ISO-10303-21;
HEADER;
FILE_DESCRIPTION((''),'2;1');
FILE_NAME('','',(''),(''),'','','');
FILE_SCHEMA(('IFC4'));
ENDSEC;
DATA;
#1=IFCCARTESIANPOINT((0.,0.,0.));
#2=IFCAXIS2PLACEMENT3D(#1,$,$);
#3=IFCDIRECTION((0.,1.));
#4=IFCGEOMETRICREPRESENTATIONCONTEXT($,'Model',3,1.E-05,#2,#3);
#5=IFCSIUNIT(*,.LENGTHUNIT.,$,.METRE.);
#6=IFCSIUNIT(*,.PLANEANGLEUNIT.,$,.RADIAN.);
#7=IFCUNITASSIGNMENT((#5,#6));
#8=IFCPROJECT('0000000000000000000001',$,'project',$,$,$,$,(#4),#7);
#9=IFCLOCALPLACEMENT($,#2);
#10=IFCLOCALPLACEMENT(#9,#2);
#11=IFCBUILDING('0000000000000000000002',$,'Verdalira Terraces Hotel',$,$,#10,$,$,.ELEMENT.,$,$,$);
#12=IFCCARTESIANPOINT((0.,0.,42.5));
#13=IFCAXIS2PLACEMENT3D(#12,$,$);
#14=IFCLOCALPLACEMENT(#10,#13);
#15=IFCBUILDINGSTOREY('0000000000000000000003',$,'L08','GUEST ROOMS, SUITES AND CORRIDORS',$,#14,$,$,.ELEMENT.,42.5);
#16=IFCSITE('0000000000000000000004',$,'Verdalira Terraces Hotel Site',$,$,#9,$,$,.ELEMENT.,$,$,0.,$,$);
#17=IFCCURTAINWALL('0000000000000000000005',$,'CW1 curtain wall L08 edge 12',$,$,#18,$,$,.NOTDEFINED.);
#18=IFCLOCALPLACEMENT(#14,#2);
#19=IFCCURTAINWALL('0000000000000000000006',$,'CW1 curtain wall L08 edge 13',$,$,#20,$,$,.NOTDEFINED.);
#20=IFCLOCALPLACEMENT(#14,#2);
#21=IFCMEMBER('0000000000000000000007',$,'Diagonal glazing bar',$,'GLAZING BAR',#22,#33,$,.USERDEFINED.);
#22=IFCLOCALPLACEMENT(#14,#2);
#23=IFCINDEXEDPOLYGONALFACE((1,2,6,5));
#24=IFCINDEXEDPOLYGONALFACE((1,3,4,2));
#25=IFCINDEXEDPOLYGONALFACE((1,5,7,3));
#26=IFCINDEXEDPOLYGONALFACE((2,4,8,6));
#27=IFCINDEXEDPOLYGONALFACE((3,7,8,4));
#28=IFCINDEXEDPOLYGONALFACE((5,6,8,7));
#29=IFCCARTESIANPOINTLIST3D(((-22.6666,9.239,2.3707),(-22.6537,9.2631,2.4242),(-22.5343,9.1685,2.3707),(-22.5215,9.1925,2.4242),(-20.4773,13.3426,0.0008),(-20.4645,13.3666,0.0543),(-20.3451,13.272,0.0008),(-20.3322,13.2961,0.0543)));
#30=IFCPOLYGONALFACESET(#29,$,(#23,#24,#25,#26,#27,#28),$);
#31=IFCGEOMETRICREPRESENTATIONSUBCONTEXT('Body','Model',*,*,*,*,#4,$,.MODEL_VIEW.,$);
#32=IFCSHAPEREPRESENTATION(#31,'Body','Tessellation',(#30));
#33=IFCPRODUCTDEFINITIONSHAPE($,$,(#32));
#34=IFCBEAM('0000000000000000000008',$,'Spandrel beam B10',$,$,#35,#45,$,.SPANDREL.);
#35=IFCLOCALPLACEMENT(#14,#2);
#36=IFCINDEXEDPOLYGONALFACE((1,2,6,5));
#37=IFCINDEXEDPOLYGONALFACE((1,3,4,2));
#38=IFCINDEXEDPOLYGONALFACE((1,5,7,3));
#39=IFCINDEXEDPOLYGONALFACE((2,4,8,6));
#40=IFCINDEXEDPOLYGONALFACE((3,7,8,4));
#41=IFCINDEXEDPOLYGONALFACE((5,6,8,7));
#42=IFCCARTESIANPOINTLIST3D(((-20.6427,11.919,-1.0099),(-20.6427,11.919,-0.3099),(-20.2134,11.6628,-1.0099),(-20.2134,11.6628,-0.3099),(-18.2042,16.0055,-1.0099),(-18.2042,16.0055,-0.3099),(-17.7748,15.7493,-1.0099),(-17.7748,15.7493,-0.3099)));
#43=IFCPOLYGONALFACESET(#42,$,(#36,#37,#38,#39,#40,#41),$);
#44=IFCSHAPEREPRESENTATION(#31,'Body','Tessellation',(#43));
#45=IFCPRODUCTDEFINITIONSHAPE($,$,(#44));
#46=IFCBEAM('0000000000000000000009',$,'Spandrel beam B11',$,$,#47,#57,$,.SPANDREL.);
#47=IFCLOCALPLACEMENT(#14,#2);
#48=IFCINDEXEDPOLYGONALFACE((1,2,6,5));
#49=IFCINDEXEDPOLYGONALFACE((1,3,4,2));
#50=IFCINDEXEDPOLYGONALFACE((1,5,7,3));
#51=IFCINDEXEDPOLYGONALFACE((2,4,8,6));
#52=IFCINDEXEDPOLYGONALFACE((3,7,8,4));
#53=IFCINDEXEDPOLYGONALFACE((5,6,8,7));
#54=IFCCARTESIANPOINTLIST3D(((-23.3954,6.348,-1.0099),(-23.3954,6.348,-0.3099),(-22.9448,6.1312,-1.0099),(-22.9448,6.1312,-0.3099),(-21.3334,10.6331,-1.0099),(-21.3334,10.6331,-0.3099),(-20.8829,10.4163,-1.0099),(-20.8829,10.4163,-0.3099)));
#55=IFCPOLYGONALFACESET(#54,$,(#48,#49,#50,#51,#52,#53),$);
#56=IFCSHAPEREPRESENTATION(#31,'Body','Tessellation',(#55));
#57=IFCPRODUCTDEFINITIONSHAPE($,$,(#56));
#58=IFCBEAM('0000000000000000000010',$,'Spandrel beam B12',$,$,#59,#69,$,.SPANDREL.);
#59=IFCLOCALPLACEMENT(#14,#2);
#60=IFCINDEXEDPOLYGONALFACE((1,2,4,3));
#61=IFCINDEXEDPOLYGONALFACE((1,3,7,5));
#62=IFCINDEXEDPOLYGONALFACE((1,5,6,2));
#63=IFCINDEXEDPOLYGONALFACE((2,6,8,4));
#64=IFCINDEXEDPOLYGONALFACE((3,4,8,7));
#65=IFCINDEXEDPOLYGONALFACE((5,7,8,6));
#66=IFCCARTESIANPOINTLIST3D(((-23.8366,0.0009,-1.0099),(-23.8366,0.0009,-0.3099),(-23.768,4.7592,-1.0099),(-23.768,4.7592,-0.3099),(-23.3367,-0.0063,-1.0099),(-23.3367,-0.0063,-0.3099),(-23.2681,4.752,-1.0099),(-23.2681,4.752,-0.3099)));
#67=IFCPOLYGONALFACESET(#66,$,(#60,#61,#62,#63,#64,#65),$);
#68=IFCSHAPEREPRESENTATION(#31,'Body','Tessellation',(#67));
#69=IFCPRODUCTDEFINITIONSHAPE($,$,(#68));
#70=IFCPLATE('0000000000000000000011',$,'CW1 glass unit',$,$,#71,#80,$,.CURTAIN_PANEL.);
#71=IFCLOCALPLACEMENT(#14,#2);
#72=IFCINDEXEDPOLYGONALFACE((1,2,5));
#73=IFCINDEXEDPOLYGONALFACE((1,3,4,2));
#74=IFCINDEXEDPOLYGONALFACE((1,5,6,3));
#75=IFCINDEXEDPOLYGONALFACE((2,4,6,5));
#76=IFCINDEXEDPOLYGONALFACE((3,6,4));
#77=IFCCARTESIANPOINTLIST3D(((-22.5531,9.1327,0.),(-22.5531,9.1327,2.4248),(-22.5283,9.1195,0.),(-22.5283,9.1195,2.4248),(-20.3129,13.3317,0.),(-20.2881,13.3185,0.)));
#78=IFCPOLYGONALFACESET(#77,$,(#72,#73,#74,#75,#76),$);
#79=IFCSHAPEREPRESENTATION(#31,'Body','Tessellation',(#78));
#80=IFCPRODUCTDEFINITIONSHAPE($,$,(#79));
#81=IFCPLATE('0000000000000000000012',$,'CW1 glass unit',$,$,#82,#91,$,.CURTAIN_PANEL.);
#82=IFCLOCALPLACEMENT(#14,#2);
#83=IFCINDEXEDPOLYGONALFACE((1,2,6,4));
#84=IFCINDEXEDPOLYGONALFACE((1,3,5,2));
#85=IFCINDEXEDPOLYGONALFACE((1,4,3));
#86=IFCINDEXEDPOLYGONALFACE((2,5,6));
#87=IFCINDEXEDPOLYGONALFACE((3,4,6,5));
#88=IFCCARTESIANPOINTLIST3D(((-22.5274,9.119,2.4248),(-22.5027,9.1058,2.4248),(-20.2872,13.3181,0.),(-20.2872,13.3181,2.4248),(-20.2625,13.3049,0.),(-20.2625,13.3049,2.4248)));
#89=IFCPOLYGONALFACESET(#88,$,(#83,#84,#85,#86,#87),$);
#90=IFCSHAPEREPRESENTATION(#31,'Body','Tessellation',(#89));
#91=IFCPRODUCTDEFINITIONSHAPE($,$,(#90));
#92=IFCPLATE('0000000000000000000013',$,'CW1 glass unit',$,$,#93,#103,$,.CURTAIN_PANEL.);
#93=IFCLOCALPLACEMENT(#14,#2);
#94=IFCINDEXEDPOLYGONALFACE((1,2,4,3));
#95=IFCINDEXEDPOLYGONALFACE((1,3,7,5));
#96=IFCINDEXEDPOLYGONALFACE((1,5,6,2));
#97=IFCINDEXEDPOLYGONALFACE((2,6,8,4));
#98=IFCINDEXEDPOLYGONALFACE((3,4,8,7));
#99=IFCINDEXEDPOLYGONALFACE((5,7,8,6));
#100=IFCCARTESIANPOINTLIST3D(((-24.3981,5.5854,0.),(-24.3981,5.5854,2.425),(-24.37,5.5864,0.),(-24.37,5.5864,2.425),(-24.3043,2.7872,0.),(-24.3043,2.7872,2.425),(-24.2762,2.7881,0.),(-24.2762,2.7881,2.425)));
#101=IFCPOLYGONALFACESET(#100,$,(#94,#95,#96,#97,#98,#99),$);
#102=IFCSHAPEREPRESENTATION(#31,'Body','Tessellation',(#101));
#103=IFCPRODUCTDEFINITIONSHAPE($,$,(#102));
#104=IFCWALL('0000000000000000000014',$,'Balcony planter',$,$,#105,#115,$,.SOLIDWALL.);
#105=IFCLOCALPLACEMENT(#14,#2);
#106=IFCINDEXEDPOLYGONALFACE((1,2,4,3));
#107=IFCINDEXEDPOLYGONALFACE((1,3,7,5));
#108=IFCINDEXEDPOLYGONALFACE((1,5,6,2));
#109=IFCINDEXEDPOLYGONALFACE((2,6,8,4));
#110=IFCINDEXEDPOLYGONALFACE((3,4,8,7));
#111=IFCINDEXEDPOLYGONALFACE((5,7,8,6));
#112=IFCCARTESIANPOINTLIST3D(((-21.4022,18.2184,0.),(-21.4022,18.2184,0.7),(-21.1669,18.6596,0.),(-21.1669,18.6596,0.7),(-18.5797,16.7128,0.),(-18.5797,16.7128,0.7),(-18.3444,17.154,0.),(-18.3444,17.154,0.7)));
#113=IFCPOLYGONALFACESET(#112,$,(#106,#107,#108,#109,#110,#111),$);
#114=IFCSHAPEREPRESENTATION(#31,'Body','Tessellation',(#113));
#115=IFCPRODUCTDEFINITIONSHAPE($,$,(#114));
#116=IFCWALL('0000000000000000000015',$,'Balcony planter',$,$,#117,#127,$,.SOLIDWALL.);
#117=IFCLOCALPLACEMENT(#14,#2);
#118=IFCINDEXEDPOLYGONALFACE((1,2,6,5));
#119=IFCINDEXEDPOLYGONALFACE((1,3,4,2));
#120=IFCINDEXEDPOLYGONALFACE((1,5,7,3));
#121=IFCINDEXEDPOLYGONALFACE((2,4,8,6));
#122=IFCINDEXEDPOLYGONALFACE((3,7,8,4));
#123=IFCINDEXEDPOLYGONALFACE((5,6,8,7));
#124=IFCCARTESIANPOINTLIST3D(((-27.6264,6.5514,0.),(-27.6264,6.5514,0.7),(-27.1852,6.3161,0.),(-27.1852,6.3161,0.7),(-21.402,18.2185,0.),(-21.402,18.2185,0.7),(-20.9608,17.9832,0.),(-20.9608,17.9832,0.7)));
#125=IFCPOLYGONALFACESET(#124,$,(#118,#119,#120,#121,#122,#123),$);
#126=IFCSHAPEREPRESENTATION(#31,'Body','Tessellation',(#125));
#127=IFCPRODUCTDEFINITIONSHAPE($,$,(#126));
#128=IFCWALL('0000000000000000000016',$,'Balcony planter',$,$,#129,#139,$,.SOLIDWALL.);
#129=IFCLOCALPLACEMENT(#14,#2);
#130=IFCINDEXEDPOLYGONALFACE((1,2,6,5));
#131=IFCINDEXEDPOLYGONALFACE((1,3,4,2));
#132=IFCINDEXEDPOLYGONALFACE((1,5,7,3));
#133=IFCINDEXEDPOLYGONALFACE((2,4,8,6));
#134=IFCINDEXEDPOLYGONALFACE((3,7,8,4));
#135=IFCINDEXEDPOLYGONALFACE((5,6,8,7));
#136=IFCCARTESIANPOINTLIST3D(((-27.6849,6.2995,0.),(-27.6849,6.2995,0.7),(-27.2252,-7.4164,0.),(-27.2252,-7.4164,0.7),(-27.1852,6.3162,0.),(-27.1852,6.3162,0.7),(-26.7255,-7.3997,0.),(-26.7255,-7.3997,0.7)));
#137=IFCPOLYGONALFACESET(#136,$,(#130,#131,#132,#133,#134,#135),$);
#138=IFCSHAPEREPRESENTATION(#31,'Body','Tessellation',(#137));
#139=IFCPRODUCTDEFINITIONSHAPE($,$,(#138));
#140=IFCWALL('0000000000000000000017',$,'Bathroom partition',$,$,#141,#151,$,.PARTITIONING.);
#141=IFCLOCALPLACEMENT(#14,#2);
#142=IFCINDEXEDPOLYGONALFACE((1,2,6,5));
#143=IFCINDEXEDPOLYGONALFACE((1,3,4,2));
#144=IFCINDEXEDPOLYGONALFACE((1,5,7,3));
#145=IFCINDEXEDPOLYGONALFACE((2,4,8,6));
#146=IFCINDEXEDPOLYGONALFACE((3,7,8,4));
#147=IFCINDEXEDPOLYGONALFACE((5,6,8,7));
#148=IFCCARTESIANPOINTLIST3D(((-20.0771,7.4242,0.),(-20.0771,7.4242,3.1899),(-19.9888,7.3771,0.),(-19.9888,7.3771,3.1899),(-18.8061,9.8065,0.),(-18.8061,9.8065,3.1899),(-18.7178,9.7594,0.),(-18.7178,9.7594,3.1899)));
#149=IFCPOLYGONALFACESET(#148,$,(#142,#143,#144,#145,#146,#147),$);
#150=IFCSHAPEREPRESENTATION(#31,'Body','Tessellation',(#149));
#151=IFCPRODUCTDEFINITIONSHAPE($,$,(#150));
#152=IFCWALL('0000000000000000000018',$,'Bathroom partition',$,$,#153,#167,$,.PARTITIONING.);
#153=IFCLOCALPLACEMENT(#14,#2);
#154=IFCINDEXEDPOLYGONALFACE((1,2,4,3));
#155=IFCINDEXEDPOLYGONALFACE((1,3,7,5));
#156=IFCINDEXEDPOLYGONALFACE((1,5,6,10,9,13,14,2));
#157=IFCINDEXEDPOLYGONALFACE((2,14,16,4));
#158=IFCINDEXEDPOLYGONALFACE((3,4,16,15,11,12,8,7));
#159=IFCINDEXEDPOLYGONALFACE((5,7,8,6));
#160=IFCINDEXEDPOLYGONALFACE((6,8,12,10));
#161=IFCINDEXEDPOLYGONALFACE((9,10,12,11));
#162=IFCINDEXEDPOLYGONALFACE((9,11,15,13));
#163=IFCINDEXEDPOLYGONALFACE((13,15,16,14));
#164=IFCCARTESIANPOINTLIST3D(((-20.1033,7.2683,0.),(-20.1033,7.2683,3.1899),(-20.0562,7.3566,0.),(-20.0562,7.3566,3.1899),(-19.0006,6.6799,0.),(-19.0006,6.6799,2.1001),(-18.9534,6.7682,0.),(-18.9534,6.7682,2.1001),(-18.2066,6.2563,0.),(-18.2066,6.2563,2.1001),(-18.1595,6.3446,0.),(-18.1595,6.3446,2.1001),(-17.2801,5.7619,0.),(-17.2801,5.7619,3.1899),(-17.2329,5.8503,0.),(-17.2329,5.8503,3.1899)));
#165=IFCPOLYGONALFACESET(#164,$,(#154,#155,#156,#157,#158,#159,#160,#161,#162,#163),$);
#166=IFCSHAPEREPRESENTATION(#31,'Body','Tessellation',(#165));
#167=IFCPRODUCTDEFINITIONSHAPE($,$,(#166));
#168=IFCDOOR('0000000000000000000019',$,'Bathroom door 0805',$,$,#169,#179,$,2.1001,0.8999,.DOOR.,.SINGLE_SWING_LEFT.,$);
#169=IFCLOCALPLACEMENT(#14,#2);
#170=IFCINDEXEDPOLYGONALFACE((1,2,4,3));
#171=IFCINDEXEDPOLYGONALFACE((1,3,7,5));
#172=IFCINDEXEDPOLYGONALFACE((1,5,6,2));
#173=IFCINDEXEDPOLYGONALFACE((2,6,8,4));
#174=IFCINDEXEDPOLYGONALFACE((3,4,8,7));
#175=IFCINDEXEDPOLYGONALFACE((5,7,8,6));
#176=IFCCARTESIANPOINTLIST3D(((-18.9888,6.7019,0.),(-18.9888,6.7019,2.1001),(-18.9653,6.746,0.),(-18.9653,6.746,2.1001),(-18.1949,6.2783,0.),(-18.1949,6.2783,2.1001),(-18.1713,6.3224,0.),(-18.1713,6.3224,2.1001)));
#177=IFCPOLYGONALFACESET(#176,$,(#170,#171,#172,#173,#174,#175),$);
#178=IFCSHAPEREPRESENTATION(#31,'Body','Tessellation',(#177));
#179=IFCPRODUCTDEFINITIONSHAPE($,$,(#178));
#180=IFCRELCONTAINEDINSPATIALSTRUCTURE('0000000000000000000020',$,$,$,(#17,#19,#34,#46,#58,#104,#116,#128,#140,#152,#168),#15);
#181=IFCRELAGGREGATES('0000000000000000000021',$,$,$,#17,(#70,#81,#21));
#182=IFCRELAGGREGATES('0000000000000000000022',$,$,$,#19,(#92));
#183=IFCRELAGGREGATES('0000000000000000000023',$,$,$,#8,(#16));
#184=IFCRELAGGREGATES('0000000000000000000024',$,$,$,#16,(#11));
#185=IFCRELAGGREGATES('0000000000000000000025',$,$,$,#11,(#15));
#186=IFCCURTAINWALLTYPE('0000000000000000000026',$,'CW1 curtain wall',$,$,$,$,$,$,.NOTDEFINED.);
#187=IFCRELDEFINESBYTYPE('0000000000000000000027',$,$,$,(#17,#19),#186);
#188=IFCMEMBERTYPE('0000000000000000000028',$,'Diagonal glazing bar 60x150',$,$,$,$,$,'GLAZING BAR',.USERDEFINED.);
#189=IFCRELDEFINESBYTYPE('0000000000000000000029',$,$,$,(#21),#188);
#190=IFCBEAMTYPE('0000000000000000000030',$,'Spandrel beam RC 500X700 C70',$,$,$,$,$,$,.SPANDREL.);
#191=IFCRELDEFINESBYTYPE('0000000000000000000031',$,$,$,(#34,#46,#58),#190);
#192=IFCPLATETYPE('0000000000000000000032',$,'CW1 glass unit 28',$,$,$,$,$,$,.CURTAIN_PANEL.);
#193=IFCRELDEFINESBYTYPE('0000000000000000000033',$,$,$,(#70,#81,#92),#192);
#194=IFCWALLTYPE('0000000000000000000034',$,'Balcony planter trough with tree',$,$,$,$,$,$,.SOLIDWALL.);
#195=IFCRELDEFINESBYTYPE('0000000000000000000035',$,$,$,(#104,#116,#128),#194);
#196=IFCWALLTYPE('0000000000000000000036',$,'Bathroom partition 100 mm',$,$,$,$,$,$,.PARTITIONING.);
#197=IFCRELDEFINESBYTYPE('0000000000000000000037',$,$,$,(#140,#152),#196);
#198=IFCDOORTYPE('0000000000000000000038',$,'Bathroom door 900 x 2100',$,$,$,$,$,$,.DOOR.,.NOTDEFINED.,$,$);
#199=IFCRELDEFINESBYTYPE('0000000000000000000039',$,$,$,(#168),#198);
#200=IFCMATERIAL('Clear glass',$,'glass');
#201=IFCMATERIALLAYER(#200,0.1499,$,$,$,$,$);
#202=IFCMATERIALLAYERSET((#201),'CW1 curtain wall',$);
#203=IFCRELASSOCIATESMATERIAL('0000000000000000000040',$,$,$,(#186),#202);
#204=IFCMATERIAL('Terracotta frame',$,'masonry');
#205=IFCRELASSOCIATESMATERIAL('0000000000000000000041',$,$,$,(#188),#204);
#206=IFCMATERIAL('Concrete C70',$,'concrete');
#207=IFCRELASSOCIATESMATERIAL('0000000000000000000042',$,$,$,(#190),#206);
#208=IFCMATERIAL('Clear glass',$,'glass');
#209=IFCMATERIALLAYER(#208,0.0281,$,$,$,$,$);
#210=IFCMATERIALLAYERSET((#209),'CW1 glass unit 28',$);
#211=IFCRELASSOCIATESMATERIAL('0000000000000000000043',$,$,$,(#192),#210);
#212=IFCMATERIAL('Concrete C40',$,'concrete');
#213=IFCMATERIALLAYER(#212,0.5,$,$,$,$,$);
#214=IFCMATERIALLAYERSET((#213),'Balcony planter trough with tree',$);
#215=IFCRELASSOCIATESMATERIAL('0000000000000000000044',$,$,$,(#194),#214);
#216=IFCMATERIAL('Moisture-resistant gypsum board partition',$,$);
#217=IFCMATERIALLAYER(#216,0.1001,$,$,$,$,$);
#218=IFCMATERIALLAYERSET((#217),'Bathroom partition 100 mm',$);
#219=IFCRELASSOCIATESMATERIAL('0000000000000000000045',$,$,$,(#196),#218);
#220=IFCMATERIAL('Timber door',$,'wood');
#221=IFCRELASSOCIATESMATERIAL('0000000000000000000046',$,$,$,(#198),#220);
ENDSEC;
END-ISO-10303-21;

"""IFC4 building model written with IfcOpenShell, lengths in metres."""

from ifc_helpers import new_model, si_unit, direction, frame, frame_2d, origin, origin_2d, place, context, subcontext, project, spatial, polyline, rectangle, outline, extrude, material, layer, layer_set, material_profile, profile_set, type_object, element, fill, aggregate, save


model = new_model("IFC4")

# Units and contexts
model_context = context("Model", 3, precision=1e-05, world=origin(), true_north=direction((0.0, 1.0)))
body_context = subcontext(model_context, "Body", "Model", "MODEL_VIEW")
ifc_project = project(units=[si_unit("LENGTHUNIT", "METRE"), si_unit("PLANEANGLEUNIT", "RADIAN")], contexts=[model_context])

# Site, building, storey
site_placement = place(None, origin())
site = spatial("IfcSite", under=ifc_project, at=site_placement, Name="Verdalira Terraces Hotel Site", CompositionType="ELEMENT", RefElevation=0.0)
building_placement = place(site_placement, origin())
building = spatial("IfcBuilding", under=site, at=building_placement, Name="Verdalira Terraces Hotel", CompositionType="ELEMENT")
storey_placement = place(building_placement, frame((0.0, 0.0, 42.5)))
storey = spatial("IfcBuildingStorey", under=building, at=storey_placement, Name="L08", Description="GUEST ROOMS, SUITES AND CORRIDORS", CompositionType="ELEMENT", Elevation=42.5)

# Shared definitions
ifc_material_1 = material(Name="Clear glass", Category="glass")
ifc_layer_1 = layer(ifc_material_1, 0.1499)
ifc_layer_set_1 = layer_set([ifc_layer_1], Name="CW1 curtain wall")
curtain_wall_type = type_object("IfcCurtainWallType", Name="CW1 curtain wall", PredefinedType="NOTDEFINED", material=ifc_layer_set_1)

# Curtain wall
curtain_wall_1_placement = place(storey_placement, origin())
curtain_wall_1 = element("IfcCurtainWall", 1, at=curtain_wall_1_placement, inside=storey, type_object=curtain_wall_type, Name="CW1 curtain wall L08 edge 12", PredefinedType="NOTDEFINED")

# Curtain wall
curtain_wall_2_placement = place(storey_placement, origin())
curtain_wall_2 = element("IfcCurtainWall", 2, at=curtain_wall_2_placement, inside=storey, type_object=curtain_wall_type, Name="CW1 curtain wall L08 edge 13", PredefinedType="NOTDEFINED")

# Member
ifc_material_2 = material(Name="Terracotta frame", Category="masonry")
ifc_material_profile_1 = material_profile(ifc_material_2, rectangle(XDim=0.1499, YDim=0.0601, at=origin_2d()), Name="GB 60x150")
ifc_profile_set_1 = profile_set([ifc_material_profile_1], Name="Terracotta frame")
member_type_1 = type_object("IfcMemberType", Name="Diagonal glazing bar 60x150", ElementType="GLAZING BAR", PredefinedType="USERDEFINED", material=ifc_profile_set_1)
member_1_placement = place(storey_placement, frame((-20.4048, 13.3193, 0.0276), z_axis=(-0.419394, -0.786123, 0.454004), x_axis=(0.882293, -0.4707, 0.0)))
member_1 = element("IfcMember", 3, at=member_1_placement, type_object=member_type_1, Name="Diagonal glazing bar", ObjectType="GLAZING BAR", PredefinedType="USERDEFINED", context=body_context, shape_type="SweptSolid", body=[
    extrude(rectangle(XDim=0.1499, YDim=0.0601, at=origin_2d()), origin(), (0.0, 0.0, 1.0), 5.22),
])

# Beams
ifc_material_3 = material(Name="Concrete C70", Category="concrete")
ifc_material_profile_2 = material_profile(ifc_material_3, rectangle(XDim=0.5, YDim=0.7, at=origin_2d()), Name="RC 500X700")
ifc_profile_set_2 = profile_set([ifc_material_profile_2], Name="Concrete C70")
beam_type_1 = type_object("IfcBeamType", Name="Spandrel beam RC 500X700 C70", PredefinedType="SPANDREL", material=ifc_profile_set_2)
beam_1_placement = place(storey_placement, frame((-17.9895, 15.8774, -0.6599), z_axis=(-0.512427, -0.858731, 0.0), x_axis=(0.858731, -0.512427, 0.0)))
element("IfcBeam", 4, at=beam_1_placement, inside=storey, type_object=beam_type_1, Name="Spandrel beam B10", PredefinedType="SPANDREL", context=body_context, shape_type="SweptSolid", body=[
    extrude(rectangle(XDim=0.5, YDim=0.7, at=origin_2d()), origin(), (0.0, 0.0, 1.0), 4.7588),
])
beam_2_placement = place(storey_placement, frame((-21.1082, 10.5247, -0.6599), z_axis=(-0.433609, -0.901101, 0.0), x_axis=(0.901101, -0.433609, 0.0)))
element("IfcBeam", 5, at=beam_2_placement, inside=storey, type_object=beam_type_1, Name="Spandrel beam B11", PredefinedType="SPANDREL", context=body_context, shape_type="SweptSolid", body=[
    extrude(rectangle(XDim=0.5, YDim=0.7, at=origin_2d()), origin(), (0.0, 0.0, 1.0), 4.7554),
])
beam_3_placement = place(storey_placement, frame((-23.5181, 4.7556, -0.6599), z_axis=(-0.014416, -0.999896, 0.0), x_axis=(0.999896, -0.014416, 0.0)))
element("IfcBeam", 6, at=beam_3_placement, inside=storey, type_object=beam_type_1, Name="Spandrel beam B12", PredefinedType="SPANDREL", context=body_context, shape_type="SweptSolid", body=[
    extrude(rectangle(XDim=0.5, YDim=0.7, at=origin_2d()), origin(), (0.0, 0.0, 1.0), 4.7588),
])

# Plates
ifc_material_4 = material(Name="Clear glass", Category="glass")
ifc_layer_2 = layer(ifc_material_4, 0.0281)
ifc_layer_set_2 = layer_set([ifc_layer_2], Name="CW1 glass unit 28")
plate_type = type_object("IfcPlateType", Name="CW1 glass unit 28", PredefinedType="CURTAIN_PANEL", material=ifc_layer_set_2)
plate_1_placement = place(storey_placement, frame((-21.4082, 11.219, 1.2124), z_axis=(-0.882291, 0.470704, 0.0), x_axis=(-0.470704, -0.882291, 0.0)))
plate_1 = element("IfcPlate", 7, at=plate_1_placement, type_object=plate_type, Name="CW1 glass unit", PredefinedType="CURTAIN_PANEL", context=body_context, shape_type="SweptSolid", body=[
    extrude(outline(polyline([(-2.3796, -1.2124), (2.3796, -1.2124), (2.3796, 1.2124), (-2.3796, -1.2124)])), origin(), (0.0, 0.0, 1.0), 0.0281),
])
plate_2_placement = place(storey_placement, frame((-21.3826, 11.2053, 1.2124), z_axis=(-0.882291, 0.470704, 0.0), x_axis=(-0.470704, -0.882291, 0.0)))
plate_2 = element("IfcPlate", 8, at=plate_2_placement, type_object=plate_type, Name="CW1 glass unit", PredefinedType="CURTAIN_PANEL", context=body_context, shape_type="SweptSolid", body=[
    extrude(outline(polyline([(-2.3796, -1.2124), (2.3796, 1.2124), (-2.3796, 1.2124), (-2.3796, -1.2124)])), origin(), (0.0, 0.0, 1.0), 0.0281),
])
aggregate(curtain_wall_1, [plate_1, plate_2, member_1])
plate_3_placement = place(storey_placement, frame((-24.3372, 4.1868, 0.0), z_axis=(0.0, 0.0, 1.0), x_axis=(0.033504, -0.999439, 0.0)))
plate_3 = element("IfcPlate", 9, at=plate_3_placement, type_object=plate_type, Name="CW1 glass unit", PredefinedType="CURTAIN_PANEL", context=body_context, shape_type="SweptSolid", body=[
    extrude(rectangle(XDim=2.7998, YDim=0.0281, at=origin_2d()), origin(), (0.0, 0.0, 1.0), 2.425),
])
aggregate(curtain_wall_2, [plate_3])

# Walls
ifc_material_5 = material(Name="Concrete C40", Category="concrete")
ifc_layer_3 = layer(ifc_material_5, 0.5)
ifc_layer_set_3 = layer_set([ifc_layer_3], Name="Balcony planter trough with tree")
wall_type_1 = type_object("IfcWallType", Name="Balcony planter trough with tree", PredefinedType="SOLIDWALL", material=ifc_layer_set_3)
wall_1_placement = place(storey_placement, frame((-18.4619, 16.9334, 0.0), z_axis=(0.0, 0.0, 1.0), x_axis=(-0.882317, 0.470656, 0.0)))
element("IfcWall", 10, at=wall_1_placement, inside=storey, type_object=wall_type_1, Name="Balcony planter", PredefinedType="SOLIDWALL", context=body_context, shape_type="SweptSolid", body=[
    extrude(rectangle(XDim=3.199, YDim=0.5, at=frame_2d((1.5996, 0.0))), origin(), (0.0, 0.0, 1.0), 0.7),
])
wall_2_placement = place(storey_placement, frame((-21.1814, 18.1008, 0.0), z_axis=(0.0, 0.0, 1.0), x_axis=(-0.470704, -0.882291, 0.0)))
element("IfcWall", 11, at=wall_2_placement, inside=storey, type_object=wall_type_1, Name="Balcony planter", PredefinedType="SOLIDWALL", context=body_context, shape_type="SweptSolid", body=[
    extrude(rectangle(XDim=13.2236, YDim=0.5, at=frame_2d((6.6118, 0.0))), origin(), (0.0, 0.0, 1.0), 0.7),
])
wall_3_placement = place(storey_placement, frame((-27.4351, 6.3079, 0.0), z_axis=(0.0, 0.0, 1.0), x_axis=(0.033498, -0.999439, 0.0)))
element("IfcWall", 12, at=wall_3_placement, inside=storey, type_object=wall_type_1, Name="Balcony planter", PredefinedType="SOLIDWALL", context=body_context, shape_type="SweptSolid", body=[
    extrude(rectangle(XDim=13.7236, YDim=0.5, at=frame_2d((6.8618, 0.0))), origin(), (0.0, 0.0, 1.0), 0.7),
])
ifc_material_6 = material(Name="Moisture-resistant gypsum board partition")
ifc_layer_4 = layer(ifc_material_6, 0.1001)
ifc_layer_set_4 = layer_set([ifc_layer_4], Name="Bathroom partition 100 mm")
wall_type_2 = type_object("IfcWallType", Name="Bathroom partition 100 mm", PredefinedType="PARTITIONING", material=ifc_layer_set_4)
wall_4_placement = place(storey_placement, frame((-20.033, 7.4006, 0.0), z_axis=(0.0, 0.0, 1.0), x_axis=(0.47071, 0.882288, 0.0)))
element("IfcWall", 13, at=wall_4_placement, inside=storey, type_object=wall_type_2, Name="Bathroom partition", PredefinedType="PARTITIONING", context=body_context, shape_type="SweptSolid", body=[
    extrude(rectangle(XDim=2.7002, YDim=0.1001, at=frame_2d((1.3501, 0.0))), origin(), (0.0, 0.0, 1.0), 3.1899),
])

# Wall, opening, door
wall_5_placement = place(storey_placement, frame((-20.0798, 7.3125, 0.0), z_axis=(0.0, 0.0, 1.0), x_axis=(0.882273, -0.470739, 0.0)))
wall_5 = element("IfcWall", 14, at=wall_5_placement, inside=storey, type_object=wall_type_2, Name="Bathroom partition", PredefinedType="PARTITIONING", context=body_context, shape_type="SweptSolid", body=[
    extrude(rectangle(XDim=3.2, YDim=0.1001, at=frame_2d((1.6001, 0.0))), origin(), (0.0, 0.0, 1.0), 3.1899),
])
opening_1_placement = place(wall_5_placement, frame((1.25, 0.0, 0.0)))
opening_1 = element("IfcOpeningElement", 15, at=opening_1_placement, cuts=wall_5, PredefinedType="OPENING", context=body_context, shape_type="SweptSolid", body=[
    extrude(rectangle(XDim=0.8999, YDim=2.1001, at=frame_2d((0.45, 1.05))), frame((0.0, 0.0601, 0.0), z_axis=(0.0, -1.0, 0.0), x_axis=(1.0, 0.0, 0.0)), (0.0, 0.0, 1.0), 0.1201),
])
ifc_material_7 = material(Name="Timber door", Category="wood")
door_type_1 = type_object("IfcDoorType", Name="Bathroom door 900 x 2100", OperationType="NOTDEFINED", PredefinedType="DOOR", material=ifc_material_7)
door_1_placement = place(opening_1_placement, origin())
door_1 = element("IfcDoor", 16, at=door_1_placement, inside=storey, type_object=door_type_1, Name="Bathroom door 0805", OperationType="SINGLE_SWING_LEFT", OverallHeight=2.1001, OverallWidth=0.8999, PredefinedType="DOOR", context=body_context, shape_type="SweptSolid", body=[
    extrude(rectangle(XDim=0.8999, YDim=2.1001, at=frame_2d((0.45, 1.05))), frame((0.0, 0.0249, 0.0), z_axis=(0.0, -1.0, 0.0), x_axis=(1.0, 0.0, 0.0)), (0.0, 0.0, 1.0), 0.05),
])
fill(opening_1, door_1)

save(model, "model.ifc")
